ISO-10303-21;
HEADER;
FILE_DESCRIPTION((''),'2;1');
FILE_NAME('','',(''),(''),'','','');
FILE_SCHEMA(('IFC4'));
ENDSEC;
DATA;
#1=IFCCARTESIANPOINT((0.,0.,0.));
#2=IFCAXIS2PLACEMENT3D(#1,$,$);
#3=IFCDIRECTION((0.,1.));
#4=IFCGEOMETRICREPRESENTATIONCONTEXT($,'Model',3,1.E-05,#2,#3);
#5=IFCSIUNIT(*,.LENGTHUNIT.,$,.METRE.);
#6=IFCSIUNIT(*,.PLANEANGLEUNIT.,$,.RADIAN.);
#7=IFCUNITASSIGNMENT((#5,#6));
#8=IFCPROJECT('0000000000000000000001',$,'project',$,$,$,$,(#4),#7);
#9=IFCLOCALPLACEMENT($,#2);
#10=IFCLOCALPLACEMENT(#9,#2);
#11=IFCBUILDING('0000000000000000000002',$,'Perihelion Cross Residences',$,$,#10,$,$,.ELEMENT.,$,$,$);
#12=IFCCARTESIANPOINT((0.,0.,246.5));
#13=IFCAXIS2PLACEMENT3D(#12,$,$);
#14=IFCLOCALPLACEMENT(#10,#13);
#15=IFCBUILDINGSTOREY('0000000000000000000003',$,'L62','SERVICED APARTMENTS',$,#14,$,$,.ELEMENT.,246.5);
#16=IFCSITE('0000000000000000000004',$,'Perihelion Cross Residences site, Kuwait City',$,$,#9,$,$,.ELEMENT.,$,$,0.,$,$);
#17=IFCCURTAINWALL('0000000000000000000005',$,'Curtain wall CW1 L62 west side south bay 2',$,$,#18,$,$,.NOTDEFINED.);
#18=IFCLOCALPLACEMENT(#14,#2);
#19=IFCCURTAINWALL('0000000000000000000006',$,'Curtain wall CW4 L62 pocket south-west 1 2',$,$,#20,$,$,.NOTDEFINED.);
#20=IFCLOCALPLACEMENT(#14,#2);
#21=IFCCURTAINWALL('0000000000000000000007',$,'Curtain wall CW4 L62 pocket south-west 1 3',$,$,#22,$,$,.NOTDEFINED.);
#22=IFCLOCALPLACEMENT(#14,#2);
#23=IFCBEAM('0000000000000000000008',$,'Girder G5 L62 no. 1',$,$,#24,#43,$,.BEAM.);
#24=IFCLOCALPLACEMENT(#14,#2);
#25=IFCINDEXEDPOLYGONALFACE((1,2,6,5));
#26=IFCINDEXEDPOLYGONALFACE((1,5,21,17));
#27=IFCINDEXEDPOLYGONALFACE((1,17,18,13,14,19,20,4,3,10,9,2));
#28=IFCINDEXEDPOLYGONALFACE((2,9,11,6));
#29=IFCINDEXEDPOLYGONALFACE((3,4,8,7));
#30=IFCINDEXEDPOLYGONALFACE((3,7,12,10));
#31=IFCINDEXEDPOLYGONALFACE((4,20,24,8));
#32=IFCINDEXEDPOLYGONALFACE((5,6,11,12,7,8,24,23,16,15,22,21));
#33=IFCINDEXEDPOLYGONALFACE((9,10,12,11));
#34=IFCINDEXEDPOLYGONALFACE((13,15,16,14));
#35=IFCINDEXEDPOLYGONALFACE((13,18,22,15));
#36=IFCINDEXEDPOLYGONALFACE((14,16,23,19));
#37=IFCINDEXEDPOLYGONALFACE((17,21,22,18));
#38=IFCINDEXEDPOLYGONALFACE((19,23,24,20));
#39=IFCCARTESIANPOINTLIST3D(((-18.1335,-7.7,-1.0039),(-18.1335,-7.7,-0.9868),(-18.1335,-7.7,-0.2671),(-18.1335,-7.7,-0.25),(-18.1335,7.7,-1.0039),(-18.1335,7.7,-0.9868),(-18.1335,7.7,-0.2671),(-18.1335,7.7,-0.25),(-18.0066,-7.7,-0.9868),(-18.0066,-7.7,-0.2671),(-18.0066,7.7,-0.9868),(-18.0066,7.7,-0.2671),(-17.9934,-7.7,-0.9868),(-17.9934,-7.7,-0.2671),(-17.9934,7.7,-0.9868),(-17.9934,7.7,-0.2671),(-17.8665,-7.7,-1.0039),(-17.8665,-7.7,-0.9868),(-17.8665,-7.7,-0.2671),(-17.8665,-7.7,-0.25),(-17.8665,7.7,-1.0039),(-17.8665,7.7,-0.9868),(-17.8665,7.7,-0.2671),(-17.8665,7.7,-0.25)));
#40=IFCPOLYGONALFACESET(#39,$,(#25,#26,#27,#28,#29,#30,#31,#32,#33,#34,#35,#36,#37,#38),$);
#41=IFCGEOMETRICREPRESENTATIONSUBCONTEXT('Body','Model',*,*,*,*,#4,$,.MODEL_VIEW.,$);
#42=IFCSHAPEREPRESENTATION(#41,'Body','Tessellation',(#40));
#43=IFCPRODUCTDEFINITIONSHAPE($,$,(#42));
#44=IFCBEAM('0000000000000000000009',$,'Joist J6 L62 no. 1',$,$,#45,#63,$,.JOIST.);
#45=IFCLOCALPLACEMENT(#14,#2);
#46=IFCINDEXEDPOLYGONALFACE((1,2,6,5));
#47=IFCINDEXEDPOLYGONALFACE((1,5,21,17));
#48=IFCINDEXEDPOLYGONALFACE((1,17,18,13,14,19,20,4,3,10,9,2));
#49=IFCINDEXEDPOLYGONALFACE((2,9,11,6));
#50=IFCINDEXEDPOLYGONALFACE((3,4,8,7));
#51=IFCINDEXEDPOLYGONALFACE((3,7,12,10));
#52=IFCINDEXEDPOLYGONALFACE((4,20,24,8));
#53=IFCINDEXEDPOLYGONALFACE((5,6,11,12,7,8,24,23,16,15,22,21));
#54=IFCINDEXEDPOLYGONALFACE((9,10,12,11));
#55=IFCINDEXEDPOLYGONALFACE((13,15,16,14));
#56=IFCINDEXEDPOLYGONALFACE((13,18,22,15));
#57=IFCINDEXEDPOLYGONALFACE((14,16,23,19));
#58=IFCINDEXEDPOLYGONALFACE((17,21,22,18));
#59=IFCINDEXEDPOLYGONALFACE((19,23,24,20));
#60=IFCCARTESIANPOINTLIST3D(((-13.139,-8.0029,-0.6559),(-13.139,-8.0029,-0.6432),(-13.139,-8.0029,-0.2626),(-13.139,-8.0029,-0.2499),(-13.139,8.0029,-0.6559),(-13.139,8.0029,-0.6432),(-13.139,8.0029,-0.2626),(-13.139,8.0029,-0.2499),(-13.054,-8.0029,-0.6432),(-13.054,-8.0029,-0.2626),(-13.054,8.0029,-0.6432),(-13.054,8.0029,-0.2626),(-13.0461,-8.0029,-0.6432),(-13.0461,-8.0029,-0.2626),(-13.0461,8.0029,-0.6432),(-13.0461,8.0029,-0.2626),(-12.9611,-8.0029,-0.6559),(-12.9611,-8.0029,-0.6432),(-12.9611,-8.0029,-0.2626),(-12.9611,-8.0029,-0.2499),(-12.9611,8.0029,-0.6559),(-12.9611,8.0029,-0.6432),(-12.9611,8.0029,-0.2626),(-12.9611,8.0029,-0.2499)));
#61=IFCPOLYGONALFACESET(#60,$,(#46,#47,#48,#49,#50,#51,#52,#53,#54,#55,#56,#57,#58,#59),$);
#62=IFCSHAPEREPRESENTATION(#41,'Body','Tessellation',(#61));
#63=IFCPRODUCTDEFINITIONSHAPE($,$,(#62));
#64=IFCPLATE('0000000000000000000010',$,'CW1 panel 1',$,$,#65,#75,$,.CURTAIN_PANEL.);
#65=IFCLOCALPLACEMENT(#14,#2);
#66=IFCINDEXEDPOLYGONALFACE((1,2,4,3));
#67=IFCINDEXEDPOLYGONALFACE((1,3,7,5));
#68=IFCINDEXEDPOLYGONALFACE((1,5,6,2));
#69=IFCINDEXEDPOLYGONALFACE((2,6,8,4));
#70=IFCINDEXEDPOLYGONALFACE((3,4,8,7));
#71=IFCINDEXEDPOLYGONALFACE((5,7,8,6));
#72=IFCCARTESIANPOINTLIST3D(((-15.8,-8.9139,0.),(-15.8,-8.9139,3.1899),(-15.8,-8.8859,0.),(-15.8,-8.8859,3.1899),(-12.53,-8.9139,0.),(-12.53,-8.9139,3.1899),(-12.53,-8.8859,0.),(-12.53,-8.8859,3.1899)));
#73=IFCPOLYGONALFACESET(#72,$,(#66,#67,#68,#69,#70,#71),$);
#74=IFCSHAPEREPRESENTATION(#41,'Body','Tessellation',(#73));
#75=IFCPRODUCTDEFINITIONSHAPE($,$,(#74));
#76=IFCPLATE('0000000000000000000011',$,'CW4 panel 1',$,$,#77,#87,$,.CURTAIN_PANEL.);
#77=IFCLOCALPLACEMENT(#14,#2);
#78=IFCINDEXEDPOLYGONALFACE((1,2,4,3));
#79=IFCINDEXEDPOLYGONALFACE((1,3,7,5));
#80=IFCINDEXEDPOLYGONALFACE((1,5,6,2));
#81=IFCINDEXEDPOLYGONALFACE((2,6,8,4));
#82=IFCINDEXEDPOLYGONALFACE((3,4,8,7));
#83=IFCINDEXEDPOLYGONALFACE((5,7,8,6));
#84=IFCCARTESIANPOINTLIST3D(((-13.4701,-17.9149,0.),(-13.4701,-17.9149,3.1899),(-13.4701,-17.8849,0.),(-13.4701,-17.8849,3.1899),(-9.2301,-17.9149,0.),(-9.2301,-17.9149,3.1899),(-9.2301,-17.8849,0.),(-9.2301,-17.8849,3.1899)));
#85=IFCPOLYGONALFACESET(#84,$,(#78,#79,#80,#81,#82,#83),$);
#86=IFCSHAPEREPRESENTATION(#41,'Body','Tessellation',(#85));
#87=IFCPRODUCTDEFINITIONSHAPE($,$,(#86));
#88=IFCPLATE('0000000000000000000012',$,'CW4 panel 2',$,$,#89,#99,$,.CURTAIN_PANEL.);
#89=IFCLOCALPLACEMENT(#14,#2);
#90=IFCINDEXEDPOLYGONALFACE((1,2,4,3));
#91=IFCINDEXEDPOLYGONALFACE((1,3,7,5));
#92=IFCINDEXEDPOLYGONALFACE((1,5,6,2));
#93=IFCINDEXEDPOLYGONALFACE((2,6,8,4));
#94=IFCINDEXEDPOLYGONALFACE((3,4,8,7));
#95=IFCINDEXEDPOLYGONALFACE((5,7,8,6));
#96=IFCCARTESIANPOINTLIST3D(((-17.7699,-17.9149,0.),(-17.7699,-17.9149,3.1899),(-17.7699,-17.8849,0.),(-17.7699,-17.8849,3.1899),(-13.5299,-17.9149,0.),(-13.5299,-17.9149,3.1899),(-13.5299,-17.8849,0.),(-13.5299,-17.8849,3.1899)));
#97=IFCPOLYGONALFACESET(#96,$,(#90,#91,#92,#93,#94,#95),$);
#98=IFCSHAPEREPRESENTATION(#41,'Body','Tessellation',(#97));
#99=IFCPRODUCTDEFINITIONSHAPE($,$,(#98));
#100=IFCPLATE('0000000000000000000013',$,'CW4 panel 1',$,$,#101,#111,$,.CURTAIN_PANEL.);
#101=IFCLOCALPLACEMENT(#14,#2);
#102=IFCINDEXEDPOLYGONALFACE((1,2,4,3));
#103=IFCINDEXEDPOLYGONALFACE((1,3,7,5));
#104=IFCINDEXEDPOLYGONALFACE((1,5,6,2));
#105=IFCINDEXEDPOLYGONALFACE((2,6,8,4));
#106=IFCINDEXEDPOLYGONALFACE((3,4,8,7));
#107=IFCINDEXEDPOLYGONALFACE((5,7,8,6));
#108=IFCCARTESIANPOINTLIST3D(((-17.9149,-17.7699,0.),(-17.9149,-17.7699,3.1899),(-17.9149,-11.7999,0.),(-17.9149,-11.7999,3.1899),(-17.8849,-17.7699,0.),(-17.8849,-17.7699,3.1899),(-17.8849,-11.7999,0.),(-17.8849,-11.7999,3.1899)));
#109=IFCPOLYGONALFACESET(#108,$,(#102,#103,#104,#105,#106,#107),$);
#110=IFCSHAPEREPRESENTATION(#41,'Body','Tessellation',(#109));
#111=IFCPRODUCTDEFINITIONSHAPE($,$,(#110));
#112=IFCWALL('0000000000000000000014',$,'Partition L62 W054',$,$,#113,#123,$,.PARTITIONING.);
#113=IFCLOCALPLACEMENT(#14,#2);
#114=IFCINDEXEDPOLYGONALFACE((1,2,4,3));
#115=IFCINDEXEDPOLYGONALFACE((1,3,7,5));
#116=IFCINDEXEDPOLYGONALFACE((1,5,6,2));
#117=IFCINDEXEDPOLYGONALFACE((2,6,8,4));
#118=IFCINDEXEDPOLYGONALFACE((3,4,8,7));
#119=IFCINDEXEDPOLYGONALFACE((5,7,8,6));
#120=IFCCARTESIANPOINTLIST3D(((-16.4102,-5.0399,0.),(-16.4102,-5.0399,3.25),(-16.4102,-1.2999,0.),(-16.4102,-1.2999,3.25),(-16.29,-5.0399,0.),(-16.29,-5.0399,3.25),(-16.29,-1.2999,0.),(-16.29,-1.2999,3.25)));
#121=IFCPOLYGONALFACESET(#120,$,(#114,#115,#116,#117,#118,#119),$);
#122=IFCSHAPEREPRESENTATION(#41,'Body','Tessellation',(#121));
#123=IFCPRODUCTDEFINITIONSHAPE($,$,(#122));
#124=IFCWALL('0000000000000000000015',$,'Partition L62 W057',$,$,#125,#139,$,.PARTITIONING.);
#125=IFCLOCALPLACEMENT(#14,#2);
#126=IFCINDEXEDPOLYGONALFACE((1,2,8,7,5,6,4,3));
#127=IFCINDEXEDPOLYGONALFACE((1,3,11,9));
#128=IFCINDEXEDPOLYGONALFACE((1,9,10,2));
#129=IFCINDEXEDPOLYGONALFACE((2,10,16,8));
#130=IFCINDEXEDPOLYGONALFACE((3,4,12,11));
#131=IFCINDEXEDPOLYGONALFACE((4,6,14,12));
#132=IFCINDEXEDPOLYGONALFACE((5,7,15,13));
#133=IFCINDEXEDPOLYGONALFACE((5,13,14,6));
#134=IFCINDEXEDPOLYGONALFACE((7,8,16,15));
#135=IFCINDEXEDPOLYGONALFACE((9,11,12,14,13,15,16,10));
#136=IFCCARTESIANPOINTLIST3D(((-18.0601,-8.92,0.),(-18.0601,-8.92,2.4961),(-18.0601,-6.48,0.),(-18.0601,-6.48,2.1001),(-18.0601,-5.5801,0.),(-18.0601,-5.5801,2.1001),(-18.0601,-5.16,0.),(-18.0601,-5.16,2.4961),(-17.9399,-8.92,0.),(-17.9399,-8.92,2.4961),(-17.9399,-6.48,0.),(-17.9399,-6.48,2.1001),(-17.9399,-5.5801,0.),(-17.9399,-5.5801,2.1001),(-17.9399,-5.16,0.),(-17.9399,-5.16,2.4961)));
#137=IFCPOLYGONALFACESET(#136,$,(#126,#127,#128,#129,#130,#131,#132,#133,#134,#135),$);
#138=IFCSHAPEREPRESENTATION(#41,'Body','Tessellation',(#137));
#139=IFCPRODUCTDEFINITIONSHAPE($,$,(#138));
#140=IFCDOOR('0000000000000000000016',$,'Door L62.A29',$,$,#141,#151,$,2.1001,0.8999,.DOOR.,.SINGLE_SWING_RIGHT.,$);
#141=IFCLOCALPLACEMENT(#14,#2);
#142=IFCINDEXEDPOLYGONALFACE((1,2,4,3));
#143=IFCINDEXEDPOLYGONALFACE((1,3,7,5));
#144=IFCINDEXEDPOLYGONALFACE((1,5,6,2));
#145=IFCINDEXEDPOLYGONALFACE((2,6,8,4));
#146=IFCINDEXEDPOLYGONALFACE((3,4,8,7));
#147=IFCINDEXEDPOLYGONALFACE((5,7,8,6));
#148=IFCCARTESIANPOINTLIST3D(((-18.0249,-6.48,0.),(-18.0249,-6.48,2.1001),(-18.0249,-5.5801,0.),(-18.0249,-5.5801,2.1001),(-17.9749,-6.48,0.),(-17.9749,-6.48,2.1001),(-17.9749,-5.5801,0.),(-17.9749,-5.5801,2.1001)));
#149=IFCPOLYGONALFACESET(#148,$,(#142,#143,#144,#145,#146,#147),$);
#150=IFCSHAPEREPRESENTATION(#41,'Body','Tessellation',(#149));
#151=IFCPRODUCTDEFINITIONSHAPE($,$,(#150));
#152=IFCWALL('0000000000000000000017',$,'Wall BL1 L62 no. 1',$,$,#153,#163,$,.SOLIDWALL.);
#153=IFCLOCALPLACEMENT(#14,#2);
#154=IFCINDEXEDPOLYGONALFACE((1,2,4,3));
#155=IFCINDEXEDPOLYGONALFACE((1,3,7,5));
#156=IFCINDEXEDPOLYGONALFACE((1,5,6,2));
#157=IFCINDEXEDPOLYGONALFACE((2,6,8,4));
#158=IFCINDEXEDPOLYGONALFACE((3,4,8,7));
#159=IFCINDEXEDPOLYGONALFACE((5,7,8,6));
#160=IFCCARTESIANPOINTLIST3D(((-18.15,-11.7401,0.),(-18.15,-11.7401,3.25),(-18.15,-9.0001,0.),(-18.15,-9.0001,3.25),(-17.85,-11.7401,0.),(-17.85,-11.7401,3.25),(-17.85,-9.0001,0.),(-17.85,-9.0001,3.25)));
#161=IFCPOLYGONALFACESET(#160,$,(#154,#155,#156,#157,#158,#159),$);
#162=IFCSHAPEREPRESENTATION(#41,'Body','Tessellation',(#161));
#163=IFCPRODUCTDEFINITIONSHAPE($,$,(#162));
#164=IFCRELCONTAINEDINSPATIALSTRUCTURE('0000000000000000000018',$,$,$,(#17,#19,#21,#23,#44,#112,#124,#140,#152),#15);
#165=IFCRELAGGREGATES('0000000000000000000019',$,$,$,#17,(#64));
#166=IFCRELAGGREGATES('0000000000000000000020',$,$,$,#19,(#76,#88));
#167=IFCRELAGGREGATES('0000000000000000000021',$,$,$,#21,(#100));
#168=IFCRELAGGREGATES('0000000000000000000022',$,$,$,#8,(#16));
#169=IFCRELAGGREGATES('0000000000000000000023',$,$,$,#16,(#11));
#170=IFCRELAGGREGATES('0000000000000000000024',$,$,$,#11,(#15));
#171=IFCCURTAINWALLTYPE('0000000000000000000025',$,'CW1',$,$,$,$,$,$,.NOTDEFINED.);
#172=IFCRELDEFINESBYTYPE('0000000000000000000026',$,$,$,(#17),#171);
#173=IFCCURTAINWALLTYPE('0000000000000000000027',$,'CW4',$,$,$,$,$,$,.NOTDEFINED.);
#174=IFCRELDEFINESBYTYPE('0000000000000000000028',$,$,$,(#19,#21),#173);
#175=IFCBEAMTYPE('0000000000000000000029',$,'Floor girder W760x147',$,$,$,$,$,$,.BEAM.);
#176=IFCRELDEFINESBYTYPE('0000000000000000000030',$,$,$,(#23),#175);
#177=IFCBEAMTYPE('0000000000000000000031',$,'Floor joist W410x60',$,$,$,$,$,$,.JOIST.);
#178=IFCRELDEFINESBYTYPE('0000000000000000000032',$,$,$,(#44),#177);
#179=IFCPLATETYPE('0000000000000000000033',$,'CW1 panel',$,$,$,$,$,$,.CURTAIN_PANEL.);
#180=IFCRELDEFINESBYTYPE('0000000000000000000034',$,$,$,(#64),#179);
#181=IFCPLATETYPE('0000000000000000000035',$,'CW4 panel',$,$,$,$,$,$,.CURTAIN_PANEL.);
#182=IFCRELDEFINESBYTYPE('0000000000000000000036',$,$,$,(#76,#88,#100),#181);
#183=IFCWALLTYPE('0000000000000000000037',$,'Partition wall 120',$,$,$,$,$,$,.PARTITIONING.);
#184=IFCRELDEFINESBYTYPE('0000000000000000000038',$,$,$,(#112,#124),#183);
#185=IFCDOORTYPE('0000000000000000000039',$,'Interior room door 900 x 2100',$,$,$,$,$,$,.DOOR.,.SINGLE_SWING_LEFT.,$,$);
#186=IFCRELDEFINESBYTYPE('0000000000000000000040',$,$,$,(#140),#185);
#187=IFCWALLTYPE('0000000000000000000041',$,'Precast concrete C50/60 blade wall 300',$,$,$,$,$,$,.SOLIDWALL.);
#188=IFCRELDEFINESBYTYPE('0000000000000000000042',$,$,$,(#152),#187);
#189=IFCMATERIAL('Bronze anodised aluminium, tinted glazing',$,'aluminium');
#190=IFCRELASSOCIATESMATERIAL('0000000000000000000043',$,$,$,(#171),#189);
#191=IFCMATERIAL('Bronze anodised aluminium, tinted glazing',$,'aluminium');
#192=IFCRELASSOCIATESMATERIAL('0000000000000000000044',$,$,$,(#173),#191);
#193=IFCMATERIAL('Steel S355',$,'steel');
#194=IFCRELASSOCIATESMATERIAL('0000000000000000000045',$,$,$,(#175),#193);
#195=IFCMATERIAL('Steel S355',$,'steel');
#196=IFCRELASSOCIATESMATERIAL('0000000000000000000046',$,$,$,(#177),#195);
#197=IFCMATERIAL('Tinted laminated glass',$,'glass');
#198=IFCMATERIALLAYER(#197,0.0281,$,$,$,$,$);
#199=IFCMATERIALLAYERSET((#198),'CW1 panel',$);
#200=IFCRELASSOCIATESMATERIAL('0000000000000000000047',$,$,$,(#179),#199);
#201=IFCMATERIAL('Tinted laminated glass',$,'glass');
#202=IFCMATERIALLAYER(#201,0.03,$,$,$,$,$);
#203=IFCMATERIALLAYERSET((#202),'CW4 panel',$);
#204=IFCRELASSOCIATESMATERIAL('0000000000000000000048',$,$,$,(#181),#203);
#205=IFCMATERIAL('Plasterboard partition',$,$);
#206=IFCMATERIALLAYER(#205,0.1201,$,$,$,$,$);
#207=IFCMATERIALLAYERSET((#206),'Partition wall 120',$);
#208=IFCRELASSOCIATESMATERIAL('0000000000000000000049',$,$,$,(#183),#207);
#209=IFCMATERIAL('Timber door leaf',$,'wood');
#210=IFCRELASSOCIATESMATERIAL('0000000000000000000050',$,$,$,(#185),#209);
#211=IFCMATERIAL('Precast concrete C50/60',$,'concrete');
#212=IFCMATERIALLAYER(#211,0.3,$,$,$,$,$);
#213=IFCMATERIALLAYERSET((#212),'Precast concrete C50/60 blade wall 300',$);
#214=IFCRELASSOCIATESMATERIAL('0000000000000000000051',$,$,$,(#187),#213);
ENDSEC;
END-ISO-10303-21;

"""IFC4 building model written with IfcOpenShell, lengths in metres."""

from ifc_helpers import new_model, si_unit, direction, frame, frame_2d, origin, origin_2d, place, context, subcontext, project, spatial, rectangle, i_section, extrude, material, layer, layer_set, material_profile, profile_set, type_object, element, fill, aggregate, save


model = new_model("IFC4")

# Units and contexts
model_context = context("Model", 3, precision=1e-05, world=origin(), true_north=direction((0.0, 1.0)))
body_context = subcontext(model_context, "Body", "Model", "MODEL_VIEW")
ifc_project = project(units=[si_unit("LENGTHUNIT", "METRE"), si_unit("PLANEANGLEUNIT", "RADIAN")], contexts=[model_context])

# Site, building, storey
site_placement = place(None, origin())
site = spatial("IfcSite", under=ifc_project, at=site_placement, Name="Perihelion Cross Residences site, Kuwait City", CompositionType="ELEMENT", RefElevation=0.0)
building_placement = place(site_placement, origin())
building = spatial("IfcBuilding", under=site, at=building_placement, Name="Perihelion Cross Residences", CompositionType="ELEMENT")
storey_placement = place(building_placement, frame((0.0, 0.0, 246.5)))
storey = spatial("IfcBuildingStorey", under=building, at=storey_placement, Name="L62", Description="SERVICED APARTMENTS", CompositionType="ELEMENT", Elevation=246.5)

# Curtain walls
ifc_material_1 = material(Name="Bronze anodised aluminium, tinted glazing", Category="aluminium")
curtain_wall_type_1 = type_object("IfcCurtainWallType", Name="CW1", PredefinedType="NOTDEFINED", material=ifc_material_1)
curtain_wall_1_placement = place(storey_placement, origin())
curtain_wall_1 = element("IfcCurtainWall", 1, at=curtain_wall_1_placement, inside=storey, type_object=curtain_wall_type_1, Name="Curtain wall CW1 L62 west side south bay 2", PredefinedType="NOTDEFINED")
ifc_material_2 = material(Name="Bronze anodised aluminium, tinted glazing", Category="aluminium")
curtain_wall_type_2 = type_object("IfcCurtainWallType", Name="CW4", PredefinedType="NOTDEFINED", material=ifc_material_2)
curtain_wall_2_placement = place(storey_placement, origin())
curtain_wall_2 = element("IfcCurtainWall", 2, at=curtain_wall_2_placement, inside=storey, type_object=curtain_wall_type_2, Name="Curtain wall CW4 L62 pocket south-west 1 2", PredefinedType="NOTDEFINED")
curtain_wall_3_placement = place(storey_placement, origin())
curtain_wall_3 = element("IfcCurtainWall", 3, at=curtain_wall_3_placement, inside=storey, type_object=curtain_wall_type_2, Name="Curtain wall CW4 L62 pocket south-west 1 3", PredefinedType="NOTDEFINED")

# Beams
ifc_material_3 = material(Name="Steel S355", Category="steel")
ifc_material_profile_1 = material_profile(ifc_material_3, i_section(OverallWidth=0.2671, OverallDepth=0.7539, WebThickness=0.0132, FlangeThickness=0.0171, at=origin_2d()), Name="W760x147")
ifc_profile_set_1 = profile_set([ifc_material_profile_1], Name="Steel S355")
beam_type_1 = type_object("IfcBeamType", Name="Floor girder W760x147", PredefinedType="BEAM", material=ifc_profile_set_1)
beam_1_placement = place(storey_placement, frame((-18.0, -7.7, -0.627), z_axis=(0.0, 1.0, 0.0), x_axis=(-1.0, 0.0, 0.0)))
element("IfcBeam", 4, at=beam_1_placement, inside=storey, type_object=beam_type_1, Name="Girder G5 L62 no. 1", PredefinedType="BEAM", context=body_context, shape_type="SweptSolid", body=[
    extrude(i_section(OverallWidth=0.2671, OverallDepth=0.7539, WebThickness=0.0132, FlangeThickness=0.0171, at=origin_2d()), origin(), (0.0, 0.0, 1.0), 15.3999),
])
ifc_material_4 = material(Name="Steel S355", Category="steel")
ifc_material_profile_2 = material_profile(ifc_material_4, i_section(OverallWidth=0.178, OverallDepth=0.406, WebThickness=0.0078, FlangeThickness=0.0127, at=origin_2d()), Name="W410x60")
ifc_profile_set_2 = profile_set([ifc_material_profile_2], Name="Steel S355")
beam_type_2 = type_object("IfcBeamType", Name="Floor joist W410x60", PredefinedType="JOIST", material=ifc_profile_set_2)
beam_2_placement = place(storey_placement, frame((-13.05, -8.0029, -0.4529), z_axis=(0.0, 1.0, 0.0), x_axis=(-1.0, 0.0, 0.0)))
element("IfcBeam", 5, at=beam_2_placement, inside=storey, type_object=beam_type_2, Name="Joist J6 L62 no. 1", PredefinedType="JOIST", context=body_context, shape_type="SweptSolid", body=[
    extrude(i_section(OverallWidth=0.178, OverallDepth=0.406, WebThickness=0.0078, FlangeThickness=0.0127, at=origin_2d()), origin(), (0.0, 0.0, 1.0), 16.0059),
])

# Plates
ifc_material_5 = material(Name="Tinted laminated glass", Category="glass")
ifc_layer_1 = layer(ifc_material_5, 0.0281)
ifc_layer_set_1 = layer_set([ifc_layer_1], Name="CW1 panel")
plate_type_1 = type_object("IfcPlateType", Name="CW1 panel", PredefinedType="CURTAIN_PANEL", material=ifc_layer_set_1)
plate_1_placement = place(storey_placement, frame((-14.165, -8.8999, 0.0), z_axis=(0.0, 0.0, 1.0), x_axis=(1.0, 0.0, 0.0)))
plate_1 = element("IfcPlate", 6, at=plate_1_placement, type_object=plate_type_1, Name="CW1 panel 1", PredefinedType="CURTAIN_PANEL", context=body_context, shape_type="SweptSolid", body=[
    extrude(rectangle(XDim=3.27, YDim=0.0281, at=origin_2d()), origin(), (0.0, 0.0, 1.0), 3.1899),
])
aggregate(curtain_wall_1, [plate_1])
ifc_material_6 = material(Name="Tinted laminated glass", Category="glass")
ifc_layer_2 = layer(ifc_material_6, 0.03)
ifc_layer_set_2 = layer_set([ifc_layer_2], Name="CW4 panel")
plate_type_2 = type_object("IfcPlateType", Name="CW4 panel", PredefinedType="CURTAIN_PANEL", material=ifc_layer_set_2)
plate_2_placement = place(storey_placement, frame((-11.3501, -17.8999, 0.0), z_axis=(0.0, 0.0, 1.0), x_axis=(-1.0, 0.0, 0.0)))
plate_2 = element("IfcPlate", 7, at=plate_2_placement, type_object=plate_type_2, Name="CW4 panel 1", PredefinedType="CURTAIN_PANEL", context=body_context, shape_type="SweptSolid", body=[
    extrude(rectangle(XDim=4.24, YDim=0.03, at=origin_2d()), origin(), (0.0, 0.0, 1.0), 3.1899),
])
plate_3_placement = place(storey_placement, frame((-15.6499, -17.8999, 0.0), z_axis=(0.0, 0.0, 1.0), x_axis=(-1.0, 0.0, 0.0)))
plate_3 = element("IfcPlate", 8, at=plate_3_placement, type_object=plate_type_2, Name="CW4 panel 2", PredefinedType="CURTAIN_PANEL", context=body_context, shape_type="SweptSolid", body=[
    extrude(rectangle(XDim=4.24, YDim=0.03, at=origin_2d()), origin(), (0.0, 0.0, 1.0), 3.1899),
])
aggregate(curtain_wall_2, [plate_2, plate_3])
plate_4_placement = place(storey_placement, frame((-17.8999, -14.7849, 0.0), z_axis=(0.0, 0.0, 1.0), x_axis=(0.0, 1.0, 0.0)))
plate_4 = element("IfcPlate", 9, at=plate_4_placement, type_object=plate_type_2, Name="CW4 panel 1", PredefinedType="CURTAIN_PANEL", context=body_context, shape_type="SweptSolid", body=[
    extrude(rectangle(XDim=5.97, YDim=0.03, at=origin_2d()), origin(), (0.0, 0.0, 1.0), 3.1899),
])
aggregate(curtain_wall_3, [plate_4])

# Wall
ifc_material_7 = material(Name="Plasterboard partition")
ifc_layer_3 = layer(ifc_material_7, 0.1201)
ifc_layer_set_3 = layer_set([ifc_layer_3], Name="Partition wall 120")
wall_type_1 = type_object("IfcWallType", Name="Partition wall 120", PredefinedType="PARTITIONING", material=ifc_layer_set_3)
wall_1_placement = place(storey_placement, frame((-16.3501, -5.04, 0.0), z_axis=(0.0, 0.0, 1.0), x_axis=(0.0, 1.0, 0.0)))
element("IfcWall", 10, at=wall_1_placement, inside=storey, type_object=wall_type_1, Name="Partition L62 W054", PredefinedType="PARTITIONING", context=body_context, shape_type="SweptSolid", body=[
    extrude(rectangle(XDim=3.74, YDim=0.1201, at=frame_2d((1.8701, 0.0))), origin(), (0.0, 0.0, 1.0), 3.25),
])

# Wall, opening, door
wall_2_placement = place(storey_placement, frame((-18.0, -8.9199, 0.0), z_axis=(0.0, 0.0, 1.0), x_axis=(0.0, 1.0, 0.0)))
wall_2 = element("IfcWall", 11, at=wall_2_placement, inside=storey, type_object=wall_type_1, Name="Partition L62 W057", PredefinedType="PARTITIONING", context=body_context, shape_type="SweptSolid", body=[
    extrude(rectangle(XDim=3.76, YDim=0.1201, at=frame_2d((1.8799, 0.0))), origin(), (0.0, 0.0, 1.0), 2.4961),
])
opening_1_placement = place(wall_2_placement, frame((2.4399, 0.0, 0.0)))
opening_1 = element("IfcOpeningElement", 12, at=opening_1_placement, cuts=wall_2, PredefinedType="OPENING", context=body_context, shape_type="SweptSolid", body=[
    extrude(rectangle(XDim=0.8999, YDim=2.1001, at=frame_2d((0.45, 1.05))), frame((0.0, 0.0701, 0.0), z_axis=(0.0, -1.0, 0.0), x_axis=(1.0, 0.0, 0.0)), (0.0, 0.0, 1.0), 0.1401),
])
ifc_material_8 = material(Name="Timber door leaf", Category="wood")
door_type_1 = type_object("IfcDoorType", Name="Interior room door 900 x 2100", OperationType="SINGLE_SWING_LEFT", PredefinedType="DOOR", material=ifc_material_8)
door_1_placement = place(opening_1_placement, origin())
door_1 = element("IfcDoor", 13, at=door_1_placement, inside=storey, type_object=door_type_1, Name="Door L62.A29", OperationType="SINGLE_SWING_RIGHT", OverallHeight=2.1001, OverallWidth=0.8999, PredefinedType="DOOR", context=body_context, shape_type="SweptSolid", body=[
    extrude(rectangle(XDim=0.8999, YDim=2.1001, at=frame_2d((0.45, 1.05))), frame((0.0, 0.0249, 0.0), z_axis=(0.0, -1.0, 0.0), x_axis=(1.0, 0.0, 0.0)), (0.0, 0.0, 1.0), 0.05),
])
fill(opening_1, door_1)

# Wall
ifc_material_9 = material(Name="Precast concrete C50/60", Category="concrete")
ifc_layer_4 = layer(ifc_material_9, 0.3)
ifc_layer_set_4 = layer_set([ifc_layer_4], Name="Precast concrete C50/60 blade wall 300")
wall_type_2 = type_object("IfcWallType", Name="Precast concrete C50/60 blade wall 300", PredefinedType="SOLIDWALL", material=ifc_layer_set_4)
wall_3_placement = place(storey_placement, frame((-18.0, -9.0, 0.0), z_axis=(0.0, 0.0, 1.0), x_axis=(0.0, -1.0, 0.0)))
element("IfcWall", 14, at=wall_3_placement, inside=storey, type_object=wall_type_2, Name="Wall BL1 L62 no. 1", PredefinedType="SOLIDWALL", context=body_context, shape_type="SweptSolid", body=[
    extrude(rectangle(XDim=2.74, YDim=0.3, at=frame_2d((1.3701, 0.0))), origin(), (0.0, 0.0, 1.0), 3.25),
])

save(model, "model.ifc")
